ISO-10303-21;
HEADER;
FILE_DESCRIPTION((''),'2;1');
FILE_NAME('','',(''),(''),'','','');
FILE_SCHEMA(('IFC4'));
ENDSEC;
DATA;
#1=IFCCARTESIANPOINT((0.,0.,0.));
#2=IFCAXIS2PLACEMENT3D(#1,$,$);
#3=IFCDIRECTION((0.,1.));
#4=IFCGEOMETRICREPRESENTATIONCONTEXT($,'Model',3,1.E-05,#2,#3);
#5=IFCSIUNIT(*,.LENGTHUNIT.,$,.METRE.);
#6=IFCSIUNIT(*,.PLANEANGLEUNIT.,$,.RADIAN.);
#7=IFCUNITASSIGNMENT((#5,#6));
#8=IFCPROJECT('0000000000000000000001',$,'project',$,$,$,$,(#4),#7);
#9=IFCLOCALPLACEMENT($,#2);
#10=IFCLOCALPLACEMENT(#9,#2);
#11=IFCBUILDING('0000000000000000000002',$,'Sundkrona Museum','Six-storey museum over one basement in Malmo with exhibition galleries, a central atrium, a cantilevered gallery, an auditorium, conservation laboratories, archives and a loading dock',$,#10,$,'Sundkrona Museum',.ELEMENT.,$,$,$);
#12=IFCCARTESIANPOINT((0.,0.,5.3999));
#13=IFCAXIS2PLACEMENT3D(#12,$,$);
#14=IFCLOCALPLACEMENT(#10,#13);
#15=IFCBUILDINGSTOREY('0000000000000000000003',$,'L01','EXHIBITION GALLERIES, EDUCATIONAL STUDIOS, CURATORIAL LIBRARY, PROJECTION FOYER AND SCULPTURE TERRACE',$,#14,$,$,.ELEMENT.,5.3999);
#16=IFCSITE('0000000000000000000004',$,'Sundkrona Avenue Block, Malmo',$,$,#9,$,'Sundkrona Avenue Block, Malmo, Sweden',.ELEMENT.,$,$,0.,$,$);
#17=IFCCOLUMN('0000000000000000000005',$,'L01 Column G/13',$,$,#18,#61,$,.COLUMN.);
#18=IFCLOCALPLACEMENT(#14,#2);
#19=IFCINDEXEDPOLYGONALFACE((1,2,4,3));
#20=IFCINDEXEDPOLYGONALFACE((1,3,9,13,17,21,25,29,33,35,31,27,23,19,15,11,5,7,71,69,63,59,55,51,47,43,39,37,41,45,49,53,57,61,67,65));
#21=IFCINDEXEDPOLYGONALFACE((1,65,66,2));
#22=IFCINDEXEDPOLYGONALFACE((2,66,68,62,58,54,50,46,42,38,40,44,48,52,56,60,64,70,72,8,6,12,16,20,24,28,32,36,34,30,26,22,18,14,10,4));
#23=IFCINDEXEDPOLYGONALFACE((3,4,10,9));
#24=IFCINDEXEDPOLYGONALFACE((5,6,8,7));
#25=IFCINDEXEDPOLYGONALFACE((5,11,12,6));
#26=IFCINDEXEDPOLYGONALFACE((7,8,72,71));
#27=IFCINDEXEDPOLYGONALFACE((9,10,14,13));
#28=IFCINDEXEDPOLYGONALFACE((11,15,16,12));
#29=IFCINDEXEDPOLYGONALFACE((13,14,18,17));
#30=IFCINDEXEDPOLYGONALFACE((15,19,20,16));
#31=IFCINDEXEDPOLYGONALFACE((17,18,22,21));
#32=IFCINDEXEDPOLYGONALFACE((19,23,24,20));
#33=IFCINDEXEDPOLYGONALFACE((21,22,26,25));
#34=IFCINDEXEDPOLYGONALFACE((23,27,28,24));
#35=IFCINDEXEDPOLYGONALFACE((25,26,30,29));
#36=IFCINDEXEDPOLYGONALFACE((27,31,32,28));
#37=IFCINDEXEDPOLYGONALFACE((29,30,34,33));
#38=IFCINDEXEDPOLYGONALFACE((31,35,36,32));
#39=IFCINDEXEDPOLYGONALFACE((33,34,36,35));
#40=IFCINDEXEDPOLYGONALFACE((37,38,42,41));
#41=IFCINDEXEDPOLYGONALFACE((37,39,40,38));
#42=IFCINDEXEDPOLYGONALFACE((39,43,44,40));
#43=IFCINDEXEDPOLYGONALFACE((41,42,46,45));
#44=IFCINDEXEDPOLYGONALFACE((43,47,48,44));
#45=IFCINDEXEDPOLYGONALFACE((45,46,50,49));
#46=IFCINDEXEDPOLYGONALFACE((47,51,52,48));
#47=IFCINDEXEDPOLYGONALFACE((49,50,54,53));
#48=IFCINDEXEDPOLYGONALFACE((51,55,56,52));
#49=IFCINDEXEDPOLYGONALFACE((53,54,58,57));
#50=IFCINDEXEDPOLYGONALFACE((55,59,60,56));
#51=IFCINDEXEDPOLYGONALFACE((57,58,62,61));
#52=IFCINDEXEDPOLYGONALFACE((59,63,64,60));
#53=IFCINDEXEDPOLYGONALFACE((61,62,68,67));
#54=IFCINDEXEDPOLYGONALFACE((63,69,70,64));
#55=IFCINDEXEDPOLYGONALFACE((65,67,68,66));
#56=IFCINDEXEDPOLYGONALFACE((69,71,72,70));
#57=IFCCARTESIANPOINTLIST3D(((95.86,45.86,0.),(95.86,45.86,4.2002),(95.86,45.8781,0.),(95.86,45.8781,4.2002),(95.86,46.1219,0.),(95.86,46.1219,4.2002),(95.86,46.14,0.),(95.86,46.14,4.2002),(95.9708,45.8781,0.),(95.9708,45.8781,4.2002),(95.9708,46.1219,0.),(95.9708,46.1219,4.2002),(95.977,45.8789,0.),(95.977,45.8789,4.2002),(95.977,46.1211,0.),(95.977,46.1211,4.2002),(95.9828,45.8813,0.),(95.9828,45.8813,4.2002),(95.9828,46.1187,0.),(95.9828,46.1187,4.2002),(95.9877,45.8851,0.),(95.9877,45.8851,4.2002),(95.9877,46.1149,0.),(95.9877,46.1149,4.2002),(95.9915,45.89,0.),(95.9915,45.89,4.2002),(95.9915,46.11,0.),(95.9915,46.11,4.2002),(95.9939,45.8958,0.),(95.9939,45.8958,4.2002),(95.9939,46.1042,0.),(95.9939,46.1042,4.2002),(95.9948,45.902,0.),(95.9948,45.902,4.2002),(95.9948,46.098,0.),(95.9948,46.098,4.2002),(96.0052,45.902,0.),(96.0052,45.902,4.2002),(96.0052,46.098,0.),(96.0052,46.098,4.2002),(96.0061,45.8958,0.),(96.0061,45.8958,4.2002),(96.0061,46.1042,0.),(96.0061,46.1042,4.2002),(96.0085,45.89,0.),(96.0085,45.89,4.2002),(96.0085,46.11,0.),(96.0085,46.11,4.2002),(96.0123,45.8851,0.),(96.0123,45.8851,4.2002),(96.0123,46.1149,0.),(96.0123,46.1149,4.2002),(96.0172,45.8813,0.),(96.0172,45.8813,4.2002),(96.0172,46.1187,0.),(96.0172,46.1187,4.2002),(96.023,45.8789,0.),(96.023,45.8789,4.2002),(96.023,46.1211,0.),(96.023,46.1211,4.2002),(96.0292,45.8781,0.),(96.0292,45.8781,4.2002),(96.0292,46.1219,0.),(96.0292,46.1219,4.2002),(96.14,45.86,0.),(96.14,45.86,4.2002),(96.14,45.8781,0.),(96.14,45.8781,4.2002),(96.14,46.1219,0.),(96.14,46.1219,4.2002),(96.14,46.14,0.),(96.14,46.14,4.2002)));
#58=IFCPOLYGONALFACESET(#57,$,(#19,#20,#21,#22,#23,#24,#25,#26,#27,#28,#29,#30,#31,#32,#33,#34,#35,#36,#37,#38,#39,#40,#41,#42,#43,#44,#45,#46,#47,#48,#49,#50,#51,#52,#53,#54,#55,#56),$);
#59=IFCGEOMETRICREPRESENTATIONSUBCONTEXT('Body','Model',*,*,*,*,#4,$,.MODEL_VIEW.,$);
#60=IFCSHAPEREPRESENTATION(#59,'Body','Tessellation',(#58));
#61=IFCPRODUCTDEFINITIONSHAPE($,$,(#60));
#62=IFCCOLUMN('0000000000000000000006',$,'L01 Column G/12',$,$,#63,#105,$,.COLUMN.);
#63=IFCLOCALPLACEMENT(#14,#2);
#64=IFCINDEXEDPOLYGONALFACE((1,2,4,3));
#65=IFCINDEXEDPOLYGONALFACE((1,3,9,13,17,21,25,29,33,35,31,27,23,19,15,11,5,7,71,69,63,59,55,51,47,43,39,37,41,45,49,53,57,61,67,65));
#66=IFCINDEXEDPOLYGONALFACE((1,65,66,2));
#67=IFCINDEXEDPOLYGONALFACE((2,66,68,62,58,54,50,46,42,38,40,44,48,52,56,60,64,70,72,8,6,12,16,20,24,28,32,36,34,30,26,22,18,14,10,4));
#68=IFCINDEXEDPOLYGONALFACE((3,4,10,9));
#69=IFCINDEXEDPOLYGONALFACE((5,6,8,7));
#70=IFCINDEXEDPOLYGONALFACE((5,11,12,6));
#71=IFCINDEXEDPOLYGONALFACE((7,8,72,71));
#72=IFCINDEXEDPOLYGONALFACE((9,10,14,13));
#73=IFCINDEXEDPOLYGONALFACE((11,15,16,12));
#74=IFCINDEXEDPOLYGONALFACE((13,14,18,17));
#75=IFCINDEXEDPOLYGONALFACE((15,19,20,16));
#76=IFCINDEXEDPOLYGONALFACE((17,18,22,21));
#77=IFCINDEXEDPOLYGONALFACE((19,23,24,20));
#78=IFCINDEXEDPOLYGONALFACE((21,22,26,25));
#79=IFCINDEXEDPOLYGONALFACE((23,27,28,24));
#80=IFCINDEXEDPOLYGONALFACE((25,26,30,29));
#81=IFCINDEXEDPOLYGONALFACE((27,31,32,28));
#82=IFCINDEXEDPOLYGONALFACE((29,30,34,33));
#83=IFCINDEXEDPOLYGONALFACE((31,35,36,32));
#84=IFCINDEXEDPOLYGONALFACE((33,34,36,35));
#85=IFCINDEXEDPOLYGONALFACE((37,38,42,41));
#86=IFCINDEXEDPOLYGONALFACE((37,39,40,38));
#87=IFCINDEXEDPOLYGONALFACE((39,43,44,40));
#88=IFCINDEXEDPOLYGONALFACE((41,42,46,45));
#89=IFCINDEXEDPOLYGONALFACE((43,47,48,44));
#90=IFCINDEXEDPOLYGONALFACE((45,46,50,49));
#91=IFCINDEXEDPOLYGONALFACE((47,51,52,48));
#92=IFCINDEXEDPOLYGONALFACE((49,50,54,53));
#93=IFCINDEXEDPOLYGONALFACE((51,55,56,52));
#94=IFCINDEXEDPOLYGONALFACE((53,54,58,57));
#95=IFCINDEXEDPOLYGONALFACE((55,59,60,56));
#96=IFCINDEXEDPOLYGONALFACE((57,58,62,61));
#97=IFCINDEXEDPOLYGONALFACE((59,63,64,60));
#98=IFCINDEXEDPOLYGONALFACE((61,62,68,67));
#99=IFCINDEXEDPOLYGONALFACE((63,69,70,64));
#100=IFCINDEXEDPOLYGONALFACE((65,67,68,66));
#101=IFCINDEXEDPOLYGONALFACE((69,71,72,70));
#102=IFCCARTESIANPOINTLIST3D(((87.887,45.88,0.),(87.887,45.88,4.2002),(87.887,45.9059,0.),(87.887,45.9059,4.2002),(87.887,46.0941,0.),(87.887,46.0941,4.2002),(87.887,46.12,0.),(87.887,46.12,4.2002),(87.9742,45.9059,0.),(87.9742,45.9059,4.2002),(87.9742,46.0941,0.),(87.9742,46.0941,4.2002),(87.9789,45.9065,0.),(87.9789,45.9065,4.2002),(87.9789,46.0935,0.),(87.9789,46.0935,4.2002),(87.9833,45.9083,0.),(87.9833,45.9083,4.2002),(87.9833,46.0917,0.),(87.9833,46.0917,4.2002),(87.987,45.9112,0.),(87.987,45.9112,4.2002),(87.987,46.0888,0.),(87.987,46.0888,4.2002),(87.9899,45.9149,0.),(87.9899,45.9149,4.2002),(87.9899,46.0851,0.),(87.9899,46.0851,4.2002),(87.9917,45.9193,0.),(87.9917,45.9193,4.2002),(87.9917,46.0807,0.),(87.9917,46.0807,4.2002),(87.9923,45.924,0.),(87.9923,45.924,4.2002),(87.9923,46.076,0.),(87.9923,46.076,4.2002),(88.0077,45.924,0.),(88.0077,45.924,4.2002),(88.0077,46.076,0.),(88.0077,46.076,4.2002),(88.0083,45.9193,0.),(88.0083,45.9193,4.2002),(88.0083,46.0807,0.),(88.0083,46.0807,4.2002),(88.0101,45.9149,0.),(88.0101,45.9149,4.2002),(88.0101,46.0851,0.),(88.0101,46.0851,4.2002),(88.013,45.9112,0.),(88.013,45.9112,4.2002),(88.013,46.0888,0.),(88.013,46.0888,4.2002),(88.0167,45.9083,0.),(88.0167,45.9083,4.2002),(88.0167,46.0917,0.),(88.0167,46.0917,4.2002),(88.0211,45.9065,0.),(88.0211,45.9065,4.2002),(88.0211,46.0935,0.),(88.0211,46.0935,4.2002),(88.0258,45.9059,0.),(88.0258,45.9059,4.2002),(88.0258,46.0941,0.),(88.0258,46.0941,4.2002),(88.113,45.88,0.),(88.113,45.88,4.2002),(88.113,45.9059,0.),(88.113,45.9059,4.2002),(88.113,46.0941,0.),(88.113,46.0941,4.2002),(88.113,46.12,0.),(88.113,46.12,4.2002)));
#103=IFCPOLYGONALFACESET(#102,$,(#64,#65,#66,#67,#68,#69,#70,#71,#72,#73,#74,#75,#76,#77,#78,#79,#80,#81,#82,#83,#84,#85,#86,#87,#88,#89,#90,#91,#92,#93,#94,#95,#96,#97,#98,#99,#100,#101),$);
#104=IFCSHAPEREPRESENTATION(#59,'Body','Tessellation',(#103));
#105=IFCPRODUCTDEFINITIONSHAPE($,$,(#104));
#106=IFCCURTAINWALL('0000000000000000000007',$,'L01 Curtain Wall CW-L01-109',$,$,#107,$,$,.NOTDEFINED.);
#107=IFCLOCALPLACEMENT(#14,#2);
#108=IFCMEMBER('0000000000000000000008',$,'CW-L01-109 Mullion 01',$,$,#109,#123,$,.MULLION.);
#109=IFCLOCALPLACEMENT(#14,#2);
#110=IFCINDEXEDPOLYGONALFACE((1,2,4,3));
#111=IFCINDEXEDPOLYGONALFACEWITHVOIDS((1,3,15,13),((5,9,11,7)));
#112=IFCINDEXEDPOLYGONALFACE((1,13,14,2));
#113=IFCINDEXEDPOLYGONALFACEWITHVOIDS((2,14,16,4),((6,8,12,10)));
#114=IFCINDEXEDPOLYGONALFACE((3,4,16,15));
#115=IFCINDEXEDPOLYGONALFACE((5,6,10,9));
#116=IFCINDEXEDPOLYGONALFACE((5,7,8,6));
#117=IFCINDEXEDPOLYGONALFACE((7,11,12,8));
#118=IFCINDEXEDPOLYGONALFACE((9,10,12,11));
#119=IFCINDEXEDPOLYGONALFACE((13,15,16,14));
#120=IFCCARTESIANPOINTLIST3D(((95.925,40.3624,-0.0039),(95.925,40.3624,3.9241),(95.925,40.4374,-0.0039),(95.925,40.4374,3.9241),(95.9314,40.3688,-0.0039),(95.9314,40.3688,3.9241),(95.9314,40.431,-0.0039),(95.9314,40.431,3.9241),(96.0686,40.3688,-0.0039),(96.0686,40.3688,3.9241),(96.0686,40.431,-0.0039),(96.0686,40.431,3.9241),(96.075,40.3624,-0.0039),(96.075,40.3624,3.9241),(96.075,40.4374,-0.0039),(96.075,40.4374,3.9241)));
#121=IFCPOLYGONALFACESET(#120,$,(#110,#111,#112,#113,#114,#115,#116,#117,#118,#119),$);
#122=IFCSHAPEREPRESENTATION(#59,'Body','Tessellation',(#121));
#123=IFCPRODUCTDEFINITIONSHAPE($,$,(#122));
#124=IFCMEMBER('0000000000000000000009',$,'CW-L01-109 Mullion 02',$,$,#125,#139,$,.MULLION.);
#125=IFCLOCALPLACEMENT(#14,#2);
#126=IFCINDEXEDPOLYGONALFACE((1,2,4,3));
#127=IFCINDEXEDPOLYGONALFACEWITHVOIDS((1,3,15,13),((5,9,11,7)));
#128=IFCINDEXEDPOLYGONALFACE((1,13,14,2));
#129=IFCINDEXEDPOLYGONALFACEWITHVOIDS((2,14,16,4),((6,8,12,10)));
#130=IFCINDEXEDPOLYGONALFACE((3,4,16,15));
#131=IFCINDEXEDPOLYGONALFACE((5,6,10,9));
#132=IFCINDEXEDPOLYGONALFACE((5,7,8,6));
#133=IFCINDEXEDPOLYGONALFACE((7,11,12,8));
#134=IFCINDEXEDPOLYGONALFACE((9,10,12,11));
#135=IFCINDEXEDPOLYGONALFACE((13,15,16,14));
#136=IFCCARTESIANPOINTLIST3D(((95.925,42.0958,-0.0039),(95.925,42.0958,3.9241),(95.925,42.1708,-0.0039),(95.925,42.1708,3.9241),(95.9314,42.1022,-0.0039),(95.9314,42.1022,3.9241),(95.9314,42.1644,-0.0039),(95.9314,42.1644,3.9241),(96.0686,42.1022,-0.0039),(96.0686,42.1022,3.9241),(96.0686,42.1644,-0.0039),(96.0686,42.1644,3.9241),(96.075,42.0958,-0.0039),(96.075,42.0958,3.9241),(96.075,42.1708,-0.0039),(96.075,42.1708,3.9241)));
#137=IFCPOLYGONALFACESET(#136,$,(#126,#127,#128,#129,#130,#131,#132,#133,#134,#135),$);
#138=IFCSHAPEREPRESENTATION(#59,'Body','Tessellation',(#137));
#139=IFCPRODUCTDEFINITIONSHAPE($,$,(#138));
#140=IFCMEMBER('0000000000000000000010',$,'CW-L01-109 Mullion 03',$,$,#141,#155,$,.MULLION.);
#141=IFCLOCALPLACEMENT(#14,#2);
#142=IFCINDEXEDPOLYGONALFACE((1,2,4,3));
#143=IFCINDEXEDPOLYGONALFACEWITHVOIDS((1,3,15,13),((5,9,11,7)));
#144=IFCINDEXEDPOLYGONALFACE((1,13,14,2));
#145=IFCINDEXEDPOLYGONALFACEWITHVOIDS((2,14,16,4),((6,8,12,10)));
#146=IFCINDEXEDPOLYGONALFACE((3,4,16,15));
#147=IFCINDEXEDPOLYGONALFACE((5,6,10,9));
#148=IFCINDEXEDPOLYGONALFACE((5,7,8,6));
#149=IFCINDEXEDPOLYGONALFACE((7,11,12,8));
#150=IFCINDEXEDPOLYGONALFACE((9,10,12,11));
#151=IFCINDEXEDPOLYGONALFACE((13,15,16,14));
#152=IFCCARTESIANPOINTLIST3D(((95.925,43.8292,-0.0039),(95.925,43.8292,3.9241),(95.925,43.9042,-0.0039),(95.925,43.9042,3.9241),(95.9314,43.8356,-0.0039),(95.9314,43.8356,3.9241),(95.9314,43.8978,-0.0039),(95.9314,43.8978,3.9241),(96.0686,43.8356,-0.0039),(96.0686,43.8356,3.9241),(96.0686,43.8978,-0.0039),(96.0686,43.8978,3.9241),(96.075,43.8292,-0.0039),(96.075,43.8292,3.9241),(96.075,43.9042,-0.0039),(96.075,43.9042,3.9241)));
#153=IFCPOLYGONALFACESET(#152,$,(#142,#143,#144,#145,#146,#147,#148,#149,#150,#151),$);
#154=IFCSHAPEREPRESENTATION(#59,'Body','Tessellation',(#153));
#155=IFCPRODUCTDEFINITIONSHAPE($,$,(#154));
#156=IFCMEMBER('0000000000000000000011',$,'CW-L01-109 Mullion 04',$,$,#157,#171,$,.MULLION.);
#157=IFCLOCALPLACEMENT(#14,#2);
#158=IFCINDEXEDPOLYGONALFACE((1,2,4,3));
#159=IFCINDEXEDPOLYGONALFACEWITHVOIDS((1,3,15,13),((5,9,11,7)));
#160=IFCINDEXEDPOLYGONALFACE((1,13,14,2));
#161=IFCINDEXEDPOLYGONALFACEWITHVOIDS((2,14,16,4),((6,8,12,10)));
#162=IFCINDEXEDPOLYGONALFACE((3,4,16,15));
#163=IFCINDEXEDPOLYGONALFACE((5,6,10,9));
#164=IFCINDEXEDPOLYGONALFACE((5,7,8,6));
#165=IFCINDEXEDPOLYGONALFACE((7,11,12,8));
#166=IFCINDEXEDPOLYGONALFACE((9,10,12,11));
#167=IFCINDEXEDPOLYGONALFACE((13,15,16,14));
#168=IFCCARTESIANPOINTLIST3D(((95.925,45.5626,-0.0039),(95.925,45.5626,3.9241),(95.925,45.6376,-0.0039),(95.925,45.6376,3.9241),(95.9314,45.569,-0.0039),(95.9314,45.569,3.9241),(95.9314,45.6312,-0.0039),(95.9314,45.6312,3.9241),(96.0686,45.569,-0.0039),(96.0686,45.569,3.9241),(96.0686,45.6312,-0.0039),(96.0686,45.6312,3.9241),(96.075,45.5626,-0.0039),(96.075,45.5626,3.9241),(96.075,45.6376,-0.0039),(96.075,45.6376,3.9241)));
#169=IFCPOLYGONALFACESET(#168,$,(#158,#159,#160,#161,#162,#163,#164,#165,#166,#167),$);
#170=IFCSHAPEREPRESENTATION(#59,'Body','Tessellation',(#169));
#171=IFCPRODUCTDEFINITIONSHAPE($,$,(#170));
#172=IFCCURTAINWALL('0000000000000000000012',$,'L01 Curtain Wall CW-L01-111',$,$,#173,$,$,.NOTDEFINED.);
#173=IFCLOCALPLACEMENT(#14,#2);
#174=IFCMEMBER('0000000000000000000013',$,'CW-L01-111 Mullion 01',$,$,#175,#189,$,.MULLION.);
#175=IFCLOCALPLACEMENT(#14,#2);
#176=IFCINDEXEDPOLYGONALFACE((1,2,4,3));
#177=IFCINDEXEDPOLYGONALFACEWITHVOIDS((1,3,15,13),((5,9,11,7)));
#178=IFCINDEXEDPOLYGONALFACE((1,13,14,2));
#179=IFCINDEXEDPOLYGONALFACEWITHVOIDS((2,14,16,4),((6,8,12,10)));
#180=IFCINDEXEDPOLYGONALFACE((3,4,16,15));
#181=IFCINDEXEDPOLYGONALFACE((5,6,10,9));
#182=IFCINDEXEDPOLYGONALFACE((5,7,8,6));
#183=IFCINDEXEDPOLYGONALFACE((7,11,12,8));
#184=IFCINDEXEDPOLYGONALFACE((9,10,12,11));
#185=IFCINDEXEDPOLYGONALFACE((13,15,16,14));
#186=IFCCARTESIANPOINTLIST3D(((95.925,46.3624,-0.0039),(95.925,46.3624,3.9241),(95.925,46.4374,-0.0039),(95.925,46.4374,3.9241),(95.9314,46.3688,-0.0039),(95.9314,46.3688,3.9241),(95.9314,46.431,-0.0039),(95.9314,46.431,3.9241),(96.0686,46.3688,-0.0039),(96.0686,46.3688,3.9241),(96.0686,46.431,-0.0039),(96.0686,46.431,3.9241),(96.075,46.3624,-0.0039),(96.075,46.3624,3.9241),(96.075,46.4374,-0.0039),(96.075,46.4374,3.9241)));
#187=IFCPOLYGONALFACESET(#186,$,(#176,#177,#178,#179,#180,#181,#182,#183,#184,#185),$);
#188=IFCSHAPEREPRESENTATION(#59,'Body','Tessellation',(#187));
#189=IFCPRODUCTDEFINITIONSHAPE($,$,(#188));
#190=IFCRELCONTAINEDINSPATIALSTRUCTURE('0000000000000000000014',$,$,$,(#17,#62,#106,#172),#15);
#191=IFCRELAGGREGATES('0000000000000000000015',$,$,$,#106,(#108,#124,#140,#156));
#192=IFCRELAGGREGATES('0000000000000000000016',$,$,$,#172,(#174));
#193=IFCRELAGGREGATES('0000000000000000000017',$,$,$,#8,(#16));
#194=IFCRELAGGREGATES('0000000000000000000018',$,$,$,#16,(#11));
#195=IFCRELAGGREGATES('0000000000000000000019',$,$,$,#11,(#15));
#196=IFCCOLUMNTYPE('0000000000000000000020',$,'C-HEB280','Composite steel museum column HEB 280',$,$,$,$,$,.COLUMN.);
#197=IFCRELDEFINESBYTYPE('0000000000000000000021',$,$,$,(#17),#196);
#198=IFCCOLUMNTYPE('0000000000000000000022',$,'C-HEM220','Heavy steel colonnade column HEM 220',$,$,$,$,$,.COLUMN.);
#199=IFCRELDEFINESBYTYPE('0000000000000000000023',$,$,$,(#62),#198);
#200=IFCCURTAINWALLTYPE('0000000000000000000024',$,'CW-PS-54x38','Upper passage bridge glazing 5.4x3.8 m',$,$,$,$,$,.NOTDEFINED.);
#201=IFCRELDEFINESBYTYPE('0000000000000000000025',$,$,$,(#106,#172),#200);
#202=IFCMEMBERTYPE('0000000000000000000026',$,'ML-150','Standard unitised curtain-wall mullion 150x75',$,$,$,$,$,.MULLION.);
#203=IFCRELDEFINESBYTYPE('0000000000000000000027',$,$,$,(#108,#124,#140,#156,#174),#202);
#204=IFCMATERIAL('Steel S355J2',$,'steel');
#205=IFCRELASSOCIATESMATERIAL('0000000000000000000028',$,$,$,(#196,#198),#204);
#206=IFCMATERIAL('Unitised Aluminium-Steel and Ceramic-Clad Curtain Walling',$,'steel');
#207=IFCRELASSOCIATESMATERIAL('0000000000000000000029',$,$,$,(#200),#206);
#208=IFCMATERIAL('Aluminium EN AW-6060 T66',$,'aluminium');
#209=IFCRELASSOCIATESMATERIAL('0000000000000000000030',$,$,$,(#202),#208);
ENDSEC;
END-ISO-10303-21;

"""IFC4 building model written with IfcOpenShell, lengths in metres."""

from ifc_helpers import new_model, si_unit, direction, frame, origin, origin_2d, place, context, subcontext, project, spatial, hollow_rectangle, i_section, extrude, material, material_profile, profile_set, type_object, element, aggregate, save


model = new_model("IFC4")

# Units and contexts
model_context = context("Model", 3, precision=1e-05, world=origin(), true_north=direction((0.0, 1.0)))
body_context = subcontext(model_context, "Body", "Model", "MODEL_VIEW")
ifc_project = project(units=[si_unit("LENGTHUNIT", "METRE"), si_unit("PLANEANGLEUNIT", "RADIAN")], contexts=[model_context])

# Site, building, storey
site_placement = place(None, origin())
site = spatial("IfcSite", under=ifc_project, at=site_placement, Name="Sundkrona Avenue Block, Malmo", LongName="Sundkrona Avenue Block, Malmo, Sweden", CompositionType="ELEMENT", RefElevation=0.0)
building_placement = place(site_placement, origin())
building = spatial("IfcBuilding", under=site, at=building_placement, Name="Sundkrona Museum", Description="Six-storey museum over one basement in Malmo with exhibition galleries, a central atrium, a cantilevered gallery, an auditorium, conservation laboratories, archives and a loading dock", LongName="Sundkrona Museum", CompositionType="ELEMENT")
storey_placement = place(building_placement, frame((0.0, 0.0, 5.3999)))
storey = spatial("IfcBuildingStorey", under=building, at=storey_placement, Name="L01", Description="EXHIBITION GALLERIES, EDUCATIONAL STUDIOS, CURATORIAL LIBRARY, PROJECTION FOYER AND SCULPTURE TERRACE", CompositionType="ELEMENT", Elevation=5.3999)

# Columns
ifc_material_1 = material(Name="Steel S355J2", Category="steel")
ifc_material_profile_1 = material_profile(ifc_material_1, i_section(OverallWidth=0.28, OverallDepth=0.28, WebThickness=0.0105, FlangeThickness=0.0181, FilletRadius=0.0239, at=origin_2d()), Name="HEB 280")
ifc_profile_set_1 = profile_set([ifc_material_profile_1], Name="Steel S355J2")
column_type_1 = type_object("IfcColumnType", Name="C-HEB280", Description="Composite steel museum column HEB 280", PredefinedType="COLUMN", material=ifc_profile_set_1)
column_1_placement = place(storey_placement, frame((96.0, 46.0, 0.0), z_axis=(0.0, 0.0, 1.0), x_axis=(1.0, 0.0, 0.0)))
element("IfcColumn", 1, at=column_1_placement, inside=storey, type_object=column_type_1, Name="L01 Column G/13", PredefinedType="COLUMN", context=body_context, shape_type="SweptSolid", body=[
    extrude(i_section(OverallWidth=0.28, OverallDepth=0.28, WebThickness=0.0105, FlangeThickness=0.0181, FilletRadius=0.0239, at=origin_2d()), origin(), (0.0, 0.0, 1.0), 4.2002),
])
ifc_material_profile_2 = material_profile(ifc_material_1, i_section(OverallWidth=0.2261, OverallDepth=0.24, WebThickness=0.0154, FlangeThickness=0.0259, FilletRadius=0.0181, at=origin_2d()), Name="HEM 220")
ifc_profile_set_2 = profile_set([ifc_material_profile_2], Name="Steel S355J2")
column_type_2 = type_object("IfcColumnType", Name="C-HEM220", Description="Heavy steel colonnade column HEM 220", PredefinedType="COLUMN", material=ifc_profile_set_2)
column_2_placement = place(storey_placement, frame((88.0, 46.0, 0.0), z_axis=(0.0, 0.0, 1.0), x_axis=(1.0, 0.0, 0.0)))
element("IfcColumn", 2, at=column_2_placement, inside=storey, type_object=column_type_2, Name="L01 Column G/12", PredefinedType="COLUMN", context=body_context, shape_type="SweptSolid", body=[
    extrude(i_section(OverallWidth=0.2261, OverallDepth=0.24, WebThickness=0.0154, FlangeThickness=0.0259, FilletRadius=0.0181, at=origin_2d()), origin(), (0.0, 0.0, 1.0), 4.2002),
])

# Curtain walls, members
ifc_material_2 = material(Name="Unitised Aluminium-Steel and Ceramic-Clad Curtain Walling", Category="steel")
curtain_wall_type = type_object("IfcCurtainWallType", Name="CW-PS-54x38", Description="Upper passage bridge glazing 5.4x3.8 m", PredefinedType="NOTDEFINED", material=ifc_material_2)
curtain_wall_1_placement = place(storey_placement, origin())
curtain_wall_1 = element("IfcCurtainWall", 3, at=curtain_wall_1_placement, inside=storey, type_object=curtain_wall_type, Name="L01 Curtain Wall CW-L01-109", PredefinedType="NOTDEFINED")
ifc_material_3 = material(Name="Aluminium EN AW-6060 T66", Category="aluminium")
ifc_material_profile_3 = material_profile(ifc_material_3, hollow_rectangle(XDim=0.075, YDim=0.1499, WallThickness=0.0063, at=origin_2d()), Name="RHS 150x75x6.3")
ifc_profile_set_3 = profile_set([ifc_material_profile_3], Name="Aluminium EN AW-6060 T66")
member_type_1 = type_object("IfcMemberType", Name="ML-150", Description="Standard unitised curtain-wall mullion 150x75", PredefinedType="MULLION", material=ifc_profile_set_3)
member_1_placement = place(storey_placement, frame((96.0, 40.3999, -0.0039), z_axis=(0.0, 0.0, 1.0), x_axis=(0.0, 1.0, 0.0)))
member_1 = element("IfcMember", 4, at=member_1_placement, type_object=member_type_1, Name="CW-L01-109 Mullion 01", PredefinedType="MULLION", context=body_context, shape_type="SweptSolid", body=[
    extrude(hollow_rectangle(XDim=0.075, YDim=0.1499, WallThickness=0.0063, at=origin_2d()), origin(), (0.0, 0.0, 1.0), 3.928),
])
member_2_placement = place(storey_placement, frame((96.0, 42.1333, -0.0039), z_axis=(0.0, 0.0, 1.0), x_axis=(0.0, 1.0, 0.0)))
member_2 = element("IfcMember", 5, at=member_2_placement, type_object=member_type_1, Name="CW-L01-109 Mullion 02", PredefinedType="MULLION", context=body_context, shape_type="SweptSolid", body=[
    extrude(hollow_rectangle(XDim=0.075, YDim=0.1499, WallThickness=0.0063, at=origin_2d()), origin(), (0.0, 0.0, 1.0), 3.928),
])
member_3_placement = place(storey_placement, frame((96.0, 43.8667, -0.0039), z_axis=(0.0, 0.0, 1.0), x_axis=(0.0, 1.0, 0.0)))
member_3 = element("IfcMember", 6, at=member_3_placement, type_object=member_type_1, Name="CW-L01-109 Mullion 03", PredefinedType="MULLION", context=body_context, shape_type="SweptSolid", body=[
    extrude(hollow_rectangle(XDim=0.075, YDim=0.1499, WallThickness=0.0063, at=origin_2d()), origin(), (0.0, 0.0, 1.0), 3.928),
])
member_4_placement = place(storey_placement, frame((96.0, 45.6001, -0.0039), z_axis=(0.0, 0.0, 1.0), x_axis=(0.0, 1.0, 0.0)))
member_4 = element("IfcMember", 7, at=member_4_placement, type_object=member_type_1, Name="CW-L01-109 Mullion 04", PredefinedType="MULLION", context=body_context, shape_type="SweptSolid", body=[
    extrude(hollow_rectangle(XDim=0.075, YDim=0.1499, WallThickness=0.0063, at=origin_2d()), origin(), (0.0, 0.0, 1.0), 3.928),
])
curtain_wall_2_placement = place(storey_placement, origin())
curtain_wall_2 = element("IfcCurtainWall", 8, at=curtain_wall_2_placement, inside=storey, type_object=curtain_wall_type, Name="L01 Curtain Wall CW-L01-111", PredefinedType="NOTDEFINED")
member_5_placement = place(storey_placement, frame((96.0, 46.3999, -0.0039), z_axis=(0.0, 0.0, 1.0), x_axis=(0.0, 1.0, 0.0)))
member_5 = element("IfcMember", 9, at=member_5_placement, type_object=member_type_1, Name="CW-L01-111 Mullion 01", PredefinedType="MULLION", context=body_context, shape_type="SweptSolid", body=[
    extrude(hollow_rectangle(XDim=0.075, YDim=0.1499, WallThickness=0.0063, at=origin_2d()), origin(), (0.0, 0.0, 1.0), 3.928),
])

aggregate(curtain_wall_1, [member_1, member_2, member_3, member_4])
aggregate(curtain_wall_2, [member_5])

save(model, "model.ifc")
